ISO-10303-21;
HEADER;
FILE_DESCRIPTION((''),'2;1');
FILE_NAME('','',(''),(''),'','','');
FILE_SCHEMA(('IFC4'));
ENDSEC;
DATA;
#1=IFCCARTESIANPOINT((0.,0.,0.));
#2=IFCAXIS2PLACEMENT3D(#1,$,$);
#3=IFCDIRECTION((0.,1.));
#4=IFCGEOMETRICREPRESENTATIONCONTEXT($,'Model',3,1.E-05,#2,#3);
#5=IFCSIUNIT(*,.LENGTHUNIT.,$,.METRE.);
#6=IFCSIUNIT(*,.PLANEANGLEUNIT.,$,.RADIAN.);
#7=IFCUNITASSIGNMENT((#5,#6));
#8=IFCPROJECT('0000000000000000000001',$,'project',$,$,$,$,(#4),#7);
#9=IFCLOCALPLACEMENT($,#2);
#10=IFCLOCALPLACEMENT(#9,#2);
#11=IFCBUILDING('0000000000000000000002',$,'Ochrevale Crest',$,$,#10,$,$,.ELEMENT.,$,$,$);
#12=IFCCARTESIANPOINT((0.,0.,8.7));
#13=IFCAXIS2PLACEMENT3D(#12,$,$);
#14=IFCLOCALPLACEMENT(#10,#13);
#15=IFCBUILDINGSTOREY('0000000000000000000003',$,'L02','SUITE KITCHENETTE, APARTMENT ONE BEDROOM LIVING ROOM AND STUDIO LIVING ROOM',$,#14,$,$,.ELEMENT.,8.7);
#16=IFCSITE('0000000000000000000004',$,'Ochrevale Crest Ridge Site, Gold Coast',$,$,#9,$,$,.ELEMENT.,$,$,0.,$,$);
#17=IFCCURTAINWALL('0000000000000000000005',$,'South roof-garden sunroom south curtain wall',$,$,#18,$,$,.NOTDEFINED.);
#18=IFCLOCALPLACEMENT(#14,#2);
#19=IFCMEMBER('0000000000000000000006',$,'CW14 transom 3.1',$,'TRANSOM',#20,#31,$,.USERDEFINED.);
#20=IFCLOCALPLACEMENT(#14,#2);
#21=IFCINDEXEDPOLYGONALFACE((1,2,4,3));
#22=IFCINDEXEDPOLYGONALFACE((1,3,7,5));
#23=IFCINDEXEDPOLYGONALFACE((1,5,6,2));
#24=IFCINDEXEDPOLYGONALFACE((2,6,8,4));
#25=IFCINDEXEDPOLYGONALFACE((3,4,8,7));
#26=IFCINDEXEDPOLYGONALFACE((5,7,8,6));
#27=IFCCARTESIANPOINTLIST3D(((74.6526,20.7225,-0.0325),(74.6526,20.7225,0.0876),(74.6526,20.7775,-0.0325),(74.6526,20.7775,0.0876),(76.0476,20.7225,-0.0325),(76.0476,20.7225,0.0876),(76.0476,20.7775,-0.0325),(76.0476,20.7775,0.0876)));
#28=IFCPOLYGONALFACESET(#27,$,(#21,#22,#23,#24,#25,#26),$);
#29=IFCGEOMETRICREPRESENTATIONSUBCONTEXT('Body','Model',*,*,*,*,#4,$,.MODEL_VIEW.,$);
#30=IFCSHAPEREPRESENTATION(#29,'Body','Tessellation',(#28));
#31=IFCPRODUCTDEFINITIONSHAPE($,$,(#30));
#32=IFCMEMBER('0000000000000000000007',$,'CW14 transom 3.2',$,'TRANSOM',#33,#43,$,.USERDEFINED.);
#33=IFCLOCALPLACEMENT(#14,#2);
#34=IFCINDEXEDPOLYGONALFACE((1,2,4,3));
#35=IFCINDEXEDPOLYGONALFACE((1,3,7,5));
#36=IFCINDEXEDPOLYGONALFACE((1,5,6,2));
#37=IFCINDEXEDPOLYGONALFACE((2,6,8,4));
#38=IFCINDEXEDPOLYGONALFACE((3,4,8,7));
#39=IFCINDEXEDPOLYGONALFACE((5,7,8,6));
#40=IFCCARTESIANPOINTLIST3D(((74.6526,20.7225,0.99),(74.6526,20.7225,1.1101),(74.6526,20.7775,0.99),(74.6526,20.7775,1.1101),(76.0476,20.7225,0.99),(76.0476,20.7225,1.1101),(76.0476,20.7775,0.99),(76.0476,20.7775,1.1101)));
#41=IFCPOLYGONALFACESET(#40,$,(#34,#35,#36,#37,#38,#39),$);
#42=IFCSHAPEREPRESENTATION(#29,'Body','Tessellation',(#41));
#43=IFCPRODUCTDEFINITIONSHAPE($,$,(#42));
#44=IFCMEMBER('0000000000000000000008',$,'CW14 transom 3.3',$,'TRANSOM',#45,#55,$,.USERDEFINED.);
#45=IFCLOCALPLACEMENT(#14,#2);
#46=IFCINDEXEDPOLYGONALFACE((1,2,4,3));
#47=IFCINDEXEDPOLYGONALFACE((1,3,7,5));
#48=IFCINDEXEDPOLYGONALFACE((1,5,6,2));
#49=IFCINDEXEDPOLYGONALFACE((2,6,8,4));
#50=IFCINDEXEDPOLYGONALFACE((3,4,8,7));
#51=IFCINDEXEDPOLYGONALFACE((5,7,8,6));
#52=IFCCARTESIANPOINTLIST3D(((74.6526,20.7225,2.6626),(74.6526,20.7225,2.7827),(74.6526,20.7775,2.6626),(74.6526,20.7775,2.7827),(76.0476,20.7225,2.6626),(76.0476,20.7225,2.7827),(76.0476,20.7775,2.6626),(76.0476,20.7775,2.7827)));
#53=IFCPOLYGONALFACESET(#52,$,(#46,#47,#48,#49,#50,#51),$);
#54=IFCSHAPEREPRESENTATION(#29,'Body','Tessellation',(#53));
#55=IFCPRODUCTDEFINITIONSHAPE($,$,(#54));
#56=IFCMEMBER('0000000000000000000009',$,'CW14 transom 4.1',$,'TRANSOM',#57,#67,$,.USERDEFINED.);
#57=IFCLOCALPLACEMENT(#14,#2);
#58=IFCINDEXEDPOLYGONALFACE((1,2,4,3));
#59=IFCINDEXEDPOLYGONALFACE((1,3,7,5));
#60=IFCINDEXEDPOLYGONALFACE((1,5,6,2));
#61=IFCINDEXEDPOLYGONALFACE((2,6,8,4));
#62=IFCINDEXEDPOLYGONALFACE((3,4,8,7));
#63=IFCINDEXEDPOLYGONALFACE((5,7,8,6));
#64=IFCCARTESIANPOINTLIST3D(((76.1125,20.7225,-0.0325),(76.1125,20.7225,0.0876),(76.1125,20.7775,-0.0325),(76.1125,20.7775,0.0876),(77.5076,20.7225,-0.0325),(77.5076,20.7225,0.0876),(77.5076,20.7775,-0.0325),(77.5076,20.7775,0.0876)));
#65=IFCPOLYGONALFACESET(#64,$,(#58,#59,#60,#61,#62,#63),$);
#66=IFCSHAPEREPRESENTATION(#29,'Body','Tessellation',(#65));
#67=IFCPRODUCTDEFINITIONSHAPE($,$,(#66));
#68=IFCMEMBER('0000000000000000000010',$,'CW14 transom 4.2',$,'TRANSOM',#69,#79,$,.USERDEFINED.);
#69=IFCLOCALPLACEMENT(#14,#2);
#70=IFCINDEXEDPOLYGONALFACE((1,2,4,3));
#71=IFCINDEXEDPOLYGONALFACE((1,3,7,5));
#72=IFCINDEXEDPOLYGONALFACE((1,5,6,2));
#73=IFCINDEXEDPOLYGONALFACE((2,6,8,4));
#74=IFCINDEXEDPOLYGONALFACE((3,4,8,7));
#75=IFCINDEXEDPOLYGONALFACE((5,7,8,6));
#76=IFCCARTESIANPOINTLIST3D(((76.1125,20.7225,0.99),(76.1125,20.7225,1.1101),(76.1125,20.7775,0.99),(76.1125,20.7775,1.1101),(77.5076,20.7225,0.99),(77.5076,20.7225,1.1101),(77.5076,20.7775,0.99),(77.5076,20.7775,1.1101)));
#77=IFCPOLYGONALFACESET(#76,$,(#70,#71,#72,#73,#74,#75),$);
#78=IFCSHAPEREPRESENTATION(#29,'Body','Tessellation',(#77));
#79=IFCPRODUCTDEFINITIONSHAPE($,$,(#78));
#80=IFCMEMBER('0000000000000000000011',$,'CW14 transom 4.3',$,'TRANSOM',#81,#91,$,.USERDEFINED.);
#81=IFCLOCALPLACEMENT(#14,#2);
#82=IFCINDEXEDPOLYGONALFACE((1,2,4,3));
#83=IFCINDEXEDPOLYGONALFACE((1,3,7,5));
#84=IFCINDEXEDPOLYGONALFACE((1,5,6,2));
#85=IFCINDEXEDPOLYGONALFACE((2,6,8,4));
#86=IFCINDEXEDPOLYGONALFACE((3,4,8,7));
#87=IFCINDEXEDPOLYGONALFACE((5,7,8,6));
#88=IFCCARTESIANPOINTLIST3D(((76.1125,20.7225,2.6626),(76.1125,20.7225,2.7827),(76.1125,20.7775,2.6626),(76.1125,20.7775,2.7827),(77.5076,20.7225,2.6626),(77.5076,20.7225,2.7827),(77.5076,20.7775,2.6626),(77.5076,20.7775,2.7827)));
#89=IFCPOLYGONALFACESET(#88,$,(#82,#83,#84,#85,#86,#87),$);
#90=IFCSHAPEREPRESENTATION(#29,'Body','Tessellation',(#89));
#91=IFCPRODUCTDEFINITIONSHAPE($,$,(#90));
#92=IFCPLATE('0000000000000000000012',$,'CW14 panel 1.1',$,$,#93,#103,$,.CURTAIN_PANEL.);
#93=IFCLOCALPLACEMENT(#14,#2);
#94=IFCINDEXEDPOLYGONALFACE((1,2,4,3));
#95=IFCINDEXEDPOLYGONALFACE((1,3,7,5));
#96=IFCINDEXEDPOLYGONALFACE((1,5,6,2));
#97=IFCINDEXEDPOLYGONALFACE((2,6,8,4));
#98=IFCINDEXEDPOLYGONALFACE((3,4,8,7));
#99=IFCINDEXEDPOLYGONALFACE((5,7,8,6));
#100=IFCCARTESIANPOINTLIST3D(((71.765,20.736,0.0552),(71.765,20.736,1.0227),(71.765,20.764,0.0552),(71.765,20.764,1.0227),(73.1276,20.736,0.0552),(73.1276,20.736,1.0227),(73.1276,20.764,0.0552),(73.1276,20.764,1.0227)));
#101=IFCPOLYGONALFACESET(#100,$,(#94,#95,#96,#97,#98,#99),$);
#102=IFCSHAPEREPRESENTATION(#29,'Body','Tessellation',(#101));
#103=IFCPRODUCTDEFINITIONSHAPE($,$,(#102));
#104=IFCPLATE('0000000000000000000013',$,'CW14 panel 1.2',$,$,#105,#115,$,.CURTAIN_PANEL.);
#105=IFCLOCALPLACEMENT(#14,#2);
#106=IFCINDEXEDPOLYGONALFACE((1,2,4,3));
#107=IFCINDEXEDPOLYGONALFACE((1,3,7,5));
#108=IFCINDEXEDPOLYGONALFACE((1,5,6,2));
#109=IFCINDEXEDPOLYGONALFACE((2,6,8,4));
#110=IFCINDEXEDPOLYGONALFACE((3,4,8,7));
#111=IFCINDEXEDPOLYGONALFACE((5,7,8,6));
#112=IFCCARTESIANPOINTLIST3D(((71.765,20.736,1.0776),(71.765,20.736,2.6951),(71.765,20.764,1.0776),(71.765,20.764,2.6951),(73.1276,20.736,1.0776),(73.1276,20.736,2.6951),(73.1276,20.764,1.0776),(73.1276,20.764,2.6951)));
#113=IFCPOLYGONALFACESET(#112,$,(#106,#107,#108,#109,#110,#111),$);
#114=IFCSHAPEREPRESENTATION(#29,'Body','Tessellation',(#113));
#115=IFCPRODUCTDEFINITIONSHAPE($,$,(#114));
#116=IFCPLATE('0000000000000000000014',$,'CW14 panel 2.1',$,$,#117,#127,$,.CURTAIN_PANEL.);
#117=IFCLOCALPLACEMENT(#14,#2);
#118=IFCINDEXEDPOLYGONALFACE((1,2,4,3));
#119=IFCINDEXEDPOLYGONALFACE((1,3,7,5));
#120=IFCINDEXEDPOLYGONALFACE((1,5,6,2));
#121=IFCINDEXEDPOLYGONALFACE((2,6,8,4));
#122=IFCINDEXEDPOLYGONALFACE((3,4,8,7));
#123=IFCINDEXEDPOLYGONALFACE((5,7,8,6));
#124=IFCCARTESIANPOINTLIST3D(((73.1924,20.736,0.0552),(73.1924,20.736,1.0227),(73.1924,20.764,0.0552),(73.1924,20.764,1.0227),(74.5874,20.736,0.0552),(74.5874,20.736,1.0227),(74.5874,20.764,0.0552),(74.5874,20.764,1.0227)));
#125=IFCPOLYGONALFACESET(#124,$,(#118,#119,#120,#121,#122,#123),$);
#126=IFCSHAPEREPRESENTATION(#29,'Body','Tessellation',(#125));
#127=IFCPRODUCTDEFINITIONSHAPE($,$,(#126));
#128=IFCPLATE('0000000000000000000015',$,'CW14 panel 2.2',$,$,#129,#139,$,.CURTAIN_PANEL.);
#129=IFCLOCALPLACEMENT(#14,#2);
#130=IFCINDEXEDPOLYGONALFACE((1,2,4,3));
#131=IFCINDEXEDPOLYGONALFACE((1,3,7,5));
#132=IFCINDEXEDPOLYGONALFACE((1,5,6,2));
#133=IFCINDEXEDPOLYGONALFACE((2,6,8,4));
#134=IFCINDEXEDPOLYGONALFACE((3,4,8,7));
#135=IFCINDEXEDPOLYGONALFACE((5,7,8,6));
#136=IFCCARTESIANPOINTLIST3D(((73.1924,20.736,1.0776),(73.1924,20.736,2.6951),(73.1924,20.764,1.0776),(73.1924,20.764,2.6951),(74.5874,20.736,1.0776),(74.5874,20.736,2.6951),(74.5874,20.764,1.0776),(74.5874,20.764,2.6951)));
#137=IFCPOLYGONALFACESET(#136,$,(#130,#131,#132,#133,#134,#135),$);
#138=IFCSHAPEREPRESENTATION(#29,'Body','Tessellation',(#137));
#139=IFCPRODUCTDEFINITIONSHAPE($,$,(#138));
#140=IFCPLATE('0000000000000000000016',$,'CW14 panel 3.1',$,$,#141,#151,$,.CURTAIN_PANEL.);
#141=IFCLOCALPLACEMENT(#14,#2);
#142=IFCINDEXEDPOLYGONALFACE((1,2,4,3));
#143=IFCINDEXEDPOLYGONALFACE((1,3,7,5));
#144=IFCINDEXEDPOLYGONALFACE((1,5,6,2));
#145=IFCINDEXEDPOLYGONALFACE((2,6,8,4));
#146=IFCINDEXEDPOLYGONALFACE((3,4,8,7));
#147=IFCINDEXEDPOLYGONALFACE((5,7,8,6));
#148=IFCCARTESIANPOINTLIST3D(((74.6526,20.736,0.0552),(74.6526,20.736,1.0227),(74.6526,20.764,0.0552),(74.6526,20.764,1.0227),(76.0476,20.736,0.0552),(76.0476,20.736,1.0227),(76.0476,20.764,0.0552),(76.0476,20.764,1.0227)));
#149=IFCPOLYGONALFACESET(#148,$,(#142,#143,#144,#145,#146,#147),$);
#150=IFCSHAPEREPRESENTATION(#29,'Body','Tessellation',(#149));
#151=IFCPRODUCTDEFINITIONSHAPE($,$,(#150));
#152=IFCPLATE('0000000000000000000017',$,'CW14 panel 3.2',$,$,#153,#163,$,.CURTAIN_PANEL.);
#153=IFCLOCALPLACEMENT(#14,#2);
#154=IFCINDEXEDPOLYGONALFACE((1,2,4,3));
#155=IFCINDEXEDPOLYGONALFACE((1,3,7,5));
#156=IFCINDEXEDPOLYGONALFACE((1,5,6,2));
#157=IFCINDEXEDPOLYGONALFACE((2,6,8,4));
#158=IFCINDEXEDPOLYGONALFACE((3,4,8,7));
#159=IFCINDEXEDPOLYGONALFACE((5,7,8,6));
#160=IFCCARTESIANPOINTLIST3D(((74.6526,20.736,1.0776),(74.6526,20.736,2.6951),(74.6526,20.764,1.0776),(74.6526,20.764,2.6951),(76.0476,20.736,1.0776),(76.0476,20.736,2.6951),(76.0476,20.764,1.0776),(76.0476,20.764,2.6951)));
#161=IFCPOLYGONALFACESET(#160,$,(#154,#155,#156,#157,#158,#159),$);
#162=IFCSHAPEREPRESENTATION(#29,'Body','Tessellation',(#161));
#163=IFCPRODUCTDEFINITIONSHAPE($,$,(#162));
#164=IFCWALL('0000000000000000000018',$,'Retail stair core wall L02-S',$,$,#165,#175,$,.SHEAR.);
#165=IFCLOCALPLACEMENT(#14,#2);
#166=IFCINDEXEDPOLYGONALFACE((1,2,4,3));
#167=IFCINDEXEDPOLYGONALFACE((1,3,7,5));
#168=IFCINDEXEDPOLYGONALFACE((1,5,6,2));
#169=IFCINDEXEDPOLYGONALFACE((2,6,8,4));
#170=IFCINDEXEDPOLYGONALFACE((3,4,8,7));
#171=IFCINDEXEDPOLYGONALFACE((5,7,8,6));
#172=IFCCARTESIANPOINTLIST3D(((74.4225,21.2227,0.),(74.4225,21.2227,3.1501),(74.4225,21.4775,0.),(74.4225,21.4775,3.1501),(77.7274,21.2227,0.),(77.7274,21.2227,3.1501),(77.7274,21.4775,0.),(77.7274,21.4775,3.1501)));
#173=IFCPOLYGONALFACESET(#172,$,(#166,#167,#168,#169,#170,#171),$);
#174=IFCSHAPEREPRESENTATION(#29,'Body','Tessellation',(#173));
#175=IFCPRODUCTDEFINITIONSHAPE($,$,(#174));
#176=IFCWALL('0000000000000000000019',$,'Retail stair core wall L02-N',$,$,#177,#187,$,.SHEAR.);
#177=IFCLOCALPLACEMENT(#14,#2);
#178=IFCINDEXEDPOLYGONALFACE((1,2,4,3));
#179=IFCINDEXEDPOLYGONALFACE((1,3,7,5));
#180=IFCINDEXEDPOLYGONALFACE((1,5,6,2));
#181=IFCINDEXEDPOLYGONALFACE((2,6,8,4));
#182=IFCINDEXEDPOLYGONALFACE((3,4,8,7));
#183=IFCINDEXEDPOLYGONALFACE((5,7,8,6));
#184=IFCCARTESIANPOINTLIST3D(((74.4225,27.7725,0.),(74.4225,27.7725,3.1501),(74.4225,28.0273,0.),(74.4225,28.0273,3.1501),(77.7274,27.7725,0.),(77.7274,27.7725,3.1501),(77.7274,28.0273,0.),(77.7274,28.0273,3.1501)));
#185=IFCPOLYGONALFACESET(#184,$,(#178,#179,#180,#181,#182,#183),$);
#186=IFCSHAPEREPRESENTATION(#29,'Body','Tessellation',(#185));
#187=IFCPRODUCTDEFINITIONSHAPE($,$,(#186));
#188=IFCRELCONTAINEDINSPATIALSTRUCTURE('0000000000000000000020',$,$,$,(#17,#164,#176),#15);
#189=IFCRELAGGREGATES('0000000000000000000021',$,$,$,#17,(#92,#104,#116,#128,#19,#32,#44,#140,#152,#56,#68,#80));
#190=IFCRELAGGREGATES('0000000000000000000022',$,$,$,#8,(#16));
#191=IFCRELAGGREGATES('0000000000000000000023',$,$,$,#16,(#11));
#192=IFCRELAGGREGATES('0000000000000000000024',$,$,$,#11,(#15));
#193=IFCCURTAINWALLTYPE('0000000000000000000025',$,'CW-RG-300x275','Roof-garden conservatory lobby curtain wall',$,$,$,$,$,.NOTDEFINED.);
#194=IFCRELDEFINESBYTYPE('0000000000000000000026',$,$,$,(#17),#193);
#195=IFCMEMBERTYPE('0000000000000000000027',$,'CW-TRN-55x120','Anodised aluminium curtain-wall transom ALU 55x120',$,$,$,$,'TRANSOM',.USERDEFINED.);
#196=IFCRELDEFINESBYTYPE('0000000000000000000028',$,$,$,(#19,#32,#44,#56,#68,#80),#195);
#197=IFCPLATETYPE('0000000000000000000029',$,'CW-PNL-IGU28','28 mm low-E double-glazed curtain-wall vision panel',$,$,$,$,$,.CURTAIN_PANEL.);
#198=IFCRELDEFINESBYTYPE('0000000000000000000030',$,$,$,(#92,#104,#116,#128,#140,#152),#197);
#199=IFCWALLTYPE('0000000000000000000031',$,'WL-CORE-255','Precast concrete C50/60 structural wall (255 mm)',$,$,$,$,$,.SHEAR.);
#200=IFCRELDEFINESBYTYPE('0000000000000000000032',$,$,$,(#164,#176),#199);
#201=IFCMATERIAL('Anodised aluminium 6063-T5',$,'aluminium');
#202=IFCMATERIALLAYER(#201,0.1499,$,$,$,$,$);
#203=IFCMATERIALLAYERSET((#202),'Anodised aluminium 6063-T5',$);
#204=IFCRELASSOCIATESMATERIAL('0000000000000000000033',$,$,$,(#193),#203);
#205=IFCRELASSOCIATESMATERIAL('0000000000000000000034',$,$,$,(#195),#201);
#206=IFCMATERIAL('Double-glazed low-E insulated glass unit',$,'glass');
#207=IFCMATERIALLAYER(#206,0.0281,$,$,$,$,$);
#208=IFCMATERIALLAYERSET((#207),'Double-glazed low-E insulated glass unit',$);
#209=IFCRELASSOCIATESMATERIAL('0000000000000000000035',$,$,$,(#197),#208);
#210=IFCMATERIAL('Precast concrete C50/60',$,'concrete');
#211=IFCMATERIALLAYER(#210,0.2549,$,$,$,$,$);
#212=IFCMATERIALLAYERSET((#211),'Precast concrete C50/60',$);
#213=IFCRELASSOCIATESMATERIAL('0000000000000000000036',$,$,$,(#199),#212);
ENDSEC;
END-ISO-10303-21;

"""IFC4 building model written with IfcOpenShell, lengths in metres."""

from ifc_helpers import new_model, si_unit, direction, frame, frame_2d, origin, origin_2d, place, context, subcontext, project, spatial, rectangle, extrude, material, layer, layer_set, material_profile, profile_set, type_object, element, aggregate, save


model = new_model("IFC4")

# Units and contexts
model_context = context("Model", 3, precision=1e-05, world=origin(), true_north=direction((0.0, 1.0)))
body_context = subcontext(model_context, "Body", "Model", "MODEL_VIEW")
ifc_project = project(units=[si_unit("LENGTHUNIT", "METRE"), si_unit("PLANEANGLEUNIT", "RADIAN")], contexts=[model_context])

# Site, building, storey
site_placement = place(None, origin())
site = spatial("IfcSite", under=ifc_project, at=site_placement, Name="Ochrevale Crest Ridge Site, Gold Coast", CompositionType="ELEMENT", RefElevation=0.0)
building_placement = place(site_placement, origin())
building = spatial("IfcBuilding", under=site, at=building_placement, Name="Ochrevale Crest", CompositionType="ELEMENT")
storey_placement = place(building_placement, frame((0.0, 0.0, 8.7)))
storey = spatial("IfcBuildingStorey", under=building, at=storey_placement, Name="L02", Description="SUITE KITCHENETTE, APARTMENT ONE BEDROOM LIVING ROOM AND STUDIO LIVING ROOM", CompositionType="ELEMENT", Elevation=8.7)

# Curtain wall, members, plates
ifc_material_1 = material(Name="Anodised aluminium 6063-T5", Category="aluminium")
ifc_layer_1 = layer(ifc_material_1, 0.1499)
ifc_layer_set_1 = layer_set([ifc_layer_1], Name="Anodised aluminium 6063-T5")
curtain_wall_type = type_object("IfcCurtainWallType", Name="CW-RG-300x275", Description="Roof-garden conservatory lobby curtain wall", PredefinedType="NOTDEFINED", material=ifc_layer_set_1)
curtain_wall_placement = place(storey_placement, origin())
curtain_wall = element("IfcCurtainWall", 1, at=curtain_wall_placement, inside=storey, type_object=curtain_wall_type, Name="South roof-garden sunroom south curtain wall", PredefinedType="NOTDEFINED")
ifc_material_profile_1 = material_profile(ifc_material_1, rectangle(XDim=0.0549, YDim=0.1201, at=origin_2d()), Name="ALU 55x120")
ifc_profile_set_1 = profile_set([ifc_material_profile_1], Name="Anodised aluminium 6063-T5")
member_type_1 = type_object("IfcMemberType", Name="CW-TRN-55x120", Description="Anodised aluminium curtain-wall transom ALU 55x120", ElementType="TRANSOM", PredefinedType="USERDEFINED", material=ifc_profile_set_1)
member_1_placement = place(storey_placement, frame((74.6526, 20.75, 0.0276), z_axis=(1.0, 0.0, 0.0), x_axis=(0.0, 1.0, 0.0)))
member_1 = element("IfcMember", 2, at=member_1_placement, type_object=member_type_1, Name="CW14 transom 3.1", ObjectType="TRANSOM", PredefinedType="USERDEFINED", context=body_context, shape_type="SweptSolid", body=[
    extrude(rectangle(XDim=0.0549, YDim=0.1201, at=origin_2d()), origin(), (0.0, 0.0, 1.0), 1.395),
])
member_2_placement = place(storey_placement, frame((74.6526, 20.75, 1.05), z_axis=(1.0, 0.0, 0.0), x_axis=(0.0, 1.0, 0.0)))
member_2 = element("IfcMember", 3, at=member_2_placement, type_object=member_type_1, Name="CW14 transom 3.2", ObjectType="TRANSOM", PredefinedType="USERDEFINED", context=body_context, shape_type="SweptSolid", body=[
    extrude(rectangle(XDim=0.0549, YDim=0.1201, at=origin_2d()), origin(), (0.0, 0.0, 1.0), 1.395),
])
member_3_placement = place(storey_placement, frame((74.6526, 20.75, 2.7227), z_axis=(1.0, 0.0, 0.0), x_axis=(0.0, 1.0, 0.0)))
member_3 = element("IfcMember", 4, at=member_3_placement, type_object=member_type_1, Name="CW14 transom 3.3", ObjectType="TRANSOM", PredefinedType="USERDEFINED", context=body_context, shape_type="SweptSolid", body=[
    extrude(rectangle(XDim=0.0549, YDim=0.1201, at=origin_2d()), origin(), (0.0, 0.0, 1.0), 1.395),
])
member_4_placement = place(storey_placement, frame((76.1125, 20.75, 0.0276), z_axis=(1.0, 0.0, 0.0), x_axis=(0.0, 1.0, 0.0)))
member_4 = element("IfcMember", 5, at=member_4_placement, type_object=member_type_1, Name="CW14 transom 4.1", ObjectType="TRANSOM", PredefinedType="USERDEFINED", context=body_context, shape_type="SweptSolid", body=[
    extrude(rectangle(XDim=0.0549, YDim=0.1201, at=origin_2d()), origin(), (0.0, 0.0, 1.0), 1.395),
])
member_5_placement = place(storey_placement, frame((76.1125, 20.75, 1.05), z_axis=(1.0, 0.0, 0.0), x_axis=(0.0, 1.0, 0.0)))
member_5 = element("IfcMember", 6, at=member_5_placement, type_object=member_type_1, Name="CW14 transom 4.2", ObjectType="TRANSOM", PredefinedType="USERDEFINED", context=body_context, shape_type="SweptSolid", body=[
    extrude(rectangle(XDim=0.0549, YDim=0.1201, at=origin_2d()), origin(), (0.0, 0.0, 1.0), 1.395),
])
member_6_placement = place(storey_placement, frame((76.1125, 20.75, 2.7227), z_axis=(1.0, 0.0, 0.0), x_axis=(0.0, 1.0, 0.0)))
member_6 = element("IfcMember", 7, at=member_6_placement, type_object=member_type_1, Name="CW14 transom 4.3", ObjectType="TRANSOM", PredefinedType="USERDEFINED", context=body_context, shape_type="SweptSolid", body=[
    extrude(rectangle(XDim=0.0549, YDim=0.1201, at=origin_2d()), origin(), (0.0, 0.0, 1.0), 1.395),
])
ifc_material_2 = material(Name="Double-glazed low-E insulated glass unit", Category="glass")
ifc_layer_2 = layer(ifc_material_2, 0.0281)
ifc_layer_set_2 = layer_set([ifc_layer_2], Name="Double-glazed low-E insulated glass unit")
plate_type = type_object("IfcPlateType", Name="CW-PNL-IGU28", Description="28 mm low-E double-glazed curtain-wall vision panel", PredefinedType="CURTAIN_PANEL", material=ifc_layer_set_2)
plate_1_placement = place(storey_placement, frame((72.4463, 20.75, 0.0552), z_axis=(0.0, 0.0, 1.0), x_axis=(1.0, 0.0, 0.0)))
plate_1 = element("IfcPlate", 8, at=plate_1_placement, type_object=plate_type, Name="CW14 panel 1.1", PredefinedType="CURTAIN_PANEL", context=body_context, shape_type="SweptSolid", body=[
    extrude(rectangle(XDim=1.3625, YDim=0.0281, at=origin_2d()), origin(), (0.0, 0.0, 1.0), 0.9675),
])
plate_2_placement = place(storey_placement, frame((72.4463, 20.75, 1.0776), z_axis=(0.0, 0.0, 1.0), x_axis=(1.0, 0.0, 0.0)))
plate_2 = element("IfcPlate", 9, at=plate_2_placement, type_object=plate_type, Name="CW14 panel 1.2", PredefinedType="CURTAIN_PANEL", context=body_context, shape_type="SweptSolid", body=[
    extrude(rectangle(XDim=1.3625, YDim=0.0281, at=origin_2d()), origin(), (0.0, 0.0, 1.0), 1.6174),
])
plate_3_placement = place(storey_placement, frame((73.8899, 20.75, 0.0552), z_axis=(0.0, 0.0, 1.0), x_axis=(1.0, 0.0, 0.0)))
plate_3 = element("IfcPlate", 10, at=plate_3_placement, type_object=plate_type, Name="CW14 panel 2.1", PredefinedType="CURTAIN_PANEL", context=body_context, shape_type="SweptSolid", body=[
    extrude(rectangle(XDim=1.395, YDim=0.0281, at=origin_2d()), origin(), (0.0, 0.0, 1.0), 0.9675),
])
plate_4_placement = place(storey_placement, frame((73.8899, 20.75, 1.0776), z_axis=(0.0, 0.0, 1.0), x_axis=(1.0, 0.0, 0.0)))
plate_4 = element("IfcPlate", 11, at=plate_4_placement, type_object=plate_type, Name="CW14 panel 2.2", PredefinedType="CURTAIN_PANEL", context=body_context, shape_type="SweptSolid", body=[
    extrude(rectangle(XDim=1.395, YDim=0.0281, at=origin_2d()), origin(), (0.0, 0.0, 1.0), 1.6174),
])
plate_5_placement = place(storey_placement, frame((75.3501, 20.75, 0.0552), z_axis=(0.0, 0.0, 1.0), x_axis=(1.0, 0.0, 0.0)))
plate_5 = element("IfcPlate", 12, at=plate_5_placement, type_object=plate_type, Name="CW14 panel 3.1", PredefinedType="CURTAIN_PANEL", context=body_context, shape_type="SweptSolid", body=[
    extrude(rectangle(XDim=1.395, YDim=0.0281, at=origin_2d()), origin(), (0.0, 0.0, 1.0), 0.9675),
])
plate_6_placement = place(storey_placement, frame((75.3501, 20.75, 1.0776), z_axis=(0.0, 0.0, 1.0), x_axis=(1.0, 0.0, 0.0)))
plate_6 = element("IfcPlate", 13, at=plate_6_placement, type_object=plate_type, Name="CW14 panel 3.2", PredefinedType="CURTAIN_PANEL", context=body_context, shape_type="SweptSolid", body=[
    extrude(rectangle(XDim=1.395, YDim=0.0281, at=origin_2d()), origin(), (0.0, 0.0, 1.0), 1.6174),
])
aggregate(curtain_wall, [plate_1, plate_2, plate_3, plate_4, member_1, member_2, member_3, plate_5, plate_6, member_4, member_5, member_6])

# Walls
ifc_material_3 = material(Name="Precast concrete C50/60", Category="concrete")
ifc_layer_3 = layer(ifc_material_3, 0.2549)
ifc_layer_set_3 = layer_set([ifc_layer_3], Name="Precast concrete C50/60")
wall_type = type_object("IfcWallType", Name="WL-CORE-255", Description="Precast concrete C50/60 structural wall (255 mm)", PredefinedType="SHEAR", material=ifc_layer_set_3)
for number, where, z_axis, x_axis, name in (
    (14, (74.4226, 21.3501, 0.0), (0.0, 0.0, 1.0), (1.0, 0.0, 0.0), "Retail stair core wall L02-S"),
    (15, (74.4226, 27.8999, 0.0), (0.0, 0.0, 1.0), (1.0, 0.0, 0.0), "Retail stair core wall L02-N"),
):
    element("IfcWall", number, at=place(storey_placement, frame(where, z_axis=z_axis, x_axis=x_axis)), inside=storey, type_object=wall_type, Name=name, PredefinedType="SHEAR", context=body_context, shape_type="SweptSolid", body=[
        extrude(rectangle(XDim=3.3049, YDim=0.2549, at=frame_2d((1.6523, 0.0))), origin(), (0.0, 0.0, 1.0), 3.1501),
    ])

save(model, "model.ifc")
